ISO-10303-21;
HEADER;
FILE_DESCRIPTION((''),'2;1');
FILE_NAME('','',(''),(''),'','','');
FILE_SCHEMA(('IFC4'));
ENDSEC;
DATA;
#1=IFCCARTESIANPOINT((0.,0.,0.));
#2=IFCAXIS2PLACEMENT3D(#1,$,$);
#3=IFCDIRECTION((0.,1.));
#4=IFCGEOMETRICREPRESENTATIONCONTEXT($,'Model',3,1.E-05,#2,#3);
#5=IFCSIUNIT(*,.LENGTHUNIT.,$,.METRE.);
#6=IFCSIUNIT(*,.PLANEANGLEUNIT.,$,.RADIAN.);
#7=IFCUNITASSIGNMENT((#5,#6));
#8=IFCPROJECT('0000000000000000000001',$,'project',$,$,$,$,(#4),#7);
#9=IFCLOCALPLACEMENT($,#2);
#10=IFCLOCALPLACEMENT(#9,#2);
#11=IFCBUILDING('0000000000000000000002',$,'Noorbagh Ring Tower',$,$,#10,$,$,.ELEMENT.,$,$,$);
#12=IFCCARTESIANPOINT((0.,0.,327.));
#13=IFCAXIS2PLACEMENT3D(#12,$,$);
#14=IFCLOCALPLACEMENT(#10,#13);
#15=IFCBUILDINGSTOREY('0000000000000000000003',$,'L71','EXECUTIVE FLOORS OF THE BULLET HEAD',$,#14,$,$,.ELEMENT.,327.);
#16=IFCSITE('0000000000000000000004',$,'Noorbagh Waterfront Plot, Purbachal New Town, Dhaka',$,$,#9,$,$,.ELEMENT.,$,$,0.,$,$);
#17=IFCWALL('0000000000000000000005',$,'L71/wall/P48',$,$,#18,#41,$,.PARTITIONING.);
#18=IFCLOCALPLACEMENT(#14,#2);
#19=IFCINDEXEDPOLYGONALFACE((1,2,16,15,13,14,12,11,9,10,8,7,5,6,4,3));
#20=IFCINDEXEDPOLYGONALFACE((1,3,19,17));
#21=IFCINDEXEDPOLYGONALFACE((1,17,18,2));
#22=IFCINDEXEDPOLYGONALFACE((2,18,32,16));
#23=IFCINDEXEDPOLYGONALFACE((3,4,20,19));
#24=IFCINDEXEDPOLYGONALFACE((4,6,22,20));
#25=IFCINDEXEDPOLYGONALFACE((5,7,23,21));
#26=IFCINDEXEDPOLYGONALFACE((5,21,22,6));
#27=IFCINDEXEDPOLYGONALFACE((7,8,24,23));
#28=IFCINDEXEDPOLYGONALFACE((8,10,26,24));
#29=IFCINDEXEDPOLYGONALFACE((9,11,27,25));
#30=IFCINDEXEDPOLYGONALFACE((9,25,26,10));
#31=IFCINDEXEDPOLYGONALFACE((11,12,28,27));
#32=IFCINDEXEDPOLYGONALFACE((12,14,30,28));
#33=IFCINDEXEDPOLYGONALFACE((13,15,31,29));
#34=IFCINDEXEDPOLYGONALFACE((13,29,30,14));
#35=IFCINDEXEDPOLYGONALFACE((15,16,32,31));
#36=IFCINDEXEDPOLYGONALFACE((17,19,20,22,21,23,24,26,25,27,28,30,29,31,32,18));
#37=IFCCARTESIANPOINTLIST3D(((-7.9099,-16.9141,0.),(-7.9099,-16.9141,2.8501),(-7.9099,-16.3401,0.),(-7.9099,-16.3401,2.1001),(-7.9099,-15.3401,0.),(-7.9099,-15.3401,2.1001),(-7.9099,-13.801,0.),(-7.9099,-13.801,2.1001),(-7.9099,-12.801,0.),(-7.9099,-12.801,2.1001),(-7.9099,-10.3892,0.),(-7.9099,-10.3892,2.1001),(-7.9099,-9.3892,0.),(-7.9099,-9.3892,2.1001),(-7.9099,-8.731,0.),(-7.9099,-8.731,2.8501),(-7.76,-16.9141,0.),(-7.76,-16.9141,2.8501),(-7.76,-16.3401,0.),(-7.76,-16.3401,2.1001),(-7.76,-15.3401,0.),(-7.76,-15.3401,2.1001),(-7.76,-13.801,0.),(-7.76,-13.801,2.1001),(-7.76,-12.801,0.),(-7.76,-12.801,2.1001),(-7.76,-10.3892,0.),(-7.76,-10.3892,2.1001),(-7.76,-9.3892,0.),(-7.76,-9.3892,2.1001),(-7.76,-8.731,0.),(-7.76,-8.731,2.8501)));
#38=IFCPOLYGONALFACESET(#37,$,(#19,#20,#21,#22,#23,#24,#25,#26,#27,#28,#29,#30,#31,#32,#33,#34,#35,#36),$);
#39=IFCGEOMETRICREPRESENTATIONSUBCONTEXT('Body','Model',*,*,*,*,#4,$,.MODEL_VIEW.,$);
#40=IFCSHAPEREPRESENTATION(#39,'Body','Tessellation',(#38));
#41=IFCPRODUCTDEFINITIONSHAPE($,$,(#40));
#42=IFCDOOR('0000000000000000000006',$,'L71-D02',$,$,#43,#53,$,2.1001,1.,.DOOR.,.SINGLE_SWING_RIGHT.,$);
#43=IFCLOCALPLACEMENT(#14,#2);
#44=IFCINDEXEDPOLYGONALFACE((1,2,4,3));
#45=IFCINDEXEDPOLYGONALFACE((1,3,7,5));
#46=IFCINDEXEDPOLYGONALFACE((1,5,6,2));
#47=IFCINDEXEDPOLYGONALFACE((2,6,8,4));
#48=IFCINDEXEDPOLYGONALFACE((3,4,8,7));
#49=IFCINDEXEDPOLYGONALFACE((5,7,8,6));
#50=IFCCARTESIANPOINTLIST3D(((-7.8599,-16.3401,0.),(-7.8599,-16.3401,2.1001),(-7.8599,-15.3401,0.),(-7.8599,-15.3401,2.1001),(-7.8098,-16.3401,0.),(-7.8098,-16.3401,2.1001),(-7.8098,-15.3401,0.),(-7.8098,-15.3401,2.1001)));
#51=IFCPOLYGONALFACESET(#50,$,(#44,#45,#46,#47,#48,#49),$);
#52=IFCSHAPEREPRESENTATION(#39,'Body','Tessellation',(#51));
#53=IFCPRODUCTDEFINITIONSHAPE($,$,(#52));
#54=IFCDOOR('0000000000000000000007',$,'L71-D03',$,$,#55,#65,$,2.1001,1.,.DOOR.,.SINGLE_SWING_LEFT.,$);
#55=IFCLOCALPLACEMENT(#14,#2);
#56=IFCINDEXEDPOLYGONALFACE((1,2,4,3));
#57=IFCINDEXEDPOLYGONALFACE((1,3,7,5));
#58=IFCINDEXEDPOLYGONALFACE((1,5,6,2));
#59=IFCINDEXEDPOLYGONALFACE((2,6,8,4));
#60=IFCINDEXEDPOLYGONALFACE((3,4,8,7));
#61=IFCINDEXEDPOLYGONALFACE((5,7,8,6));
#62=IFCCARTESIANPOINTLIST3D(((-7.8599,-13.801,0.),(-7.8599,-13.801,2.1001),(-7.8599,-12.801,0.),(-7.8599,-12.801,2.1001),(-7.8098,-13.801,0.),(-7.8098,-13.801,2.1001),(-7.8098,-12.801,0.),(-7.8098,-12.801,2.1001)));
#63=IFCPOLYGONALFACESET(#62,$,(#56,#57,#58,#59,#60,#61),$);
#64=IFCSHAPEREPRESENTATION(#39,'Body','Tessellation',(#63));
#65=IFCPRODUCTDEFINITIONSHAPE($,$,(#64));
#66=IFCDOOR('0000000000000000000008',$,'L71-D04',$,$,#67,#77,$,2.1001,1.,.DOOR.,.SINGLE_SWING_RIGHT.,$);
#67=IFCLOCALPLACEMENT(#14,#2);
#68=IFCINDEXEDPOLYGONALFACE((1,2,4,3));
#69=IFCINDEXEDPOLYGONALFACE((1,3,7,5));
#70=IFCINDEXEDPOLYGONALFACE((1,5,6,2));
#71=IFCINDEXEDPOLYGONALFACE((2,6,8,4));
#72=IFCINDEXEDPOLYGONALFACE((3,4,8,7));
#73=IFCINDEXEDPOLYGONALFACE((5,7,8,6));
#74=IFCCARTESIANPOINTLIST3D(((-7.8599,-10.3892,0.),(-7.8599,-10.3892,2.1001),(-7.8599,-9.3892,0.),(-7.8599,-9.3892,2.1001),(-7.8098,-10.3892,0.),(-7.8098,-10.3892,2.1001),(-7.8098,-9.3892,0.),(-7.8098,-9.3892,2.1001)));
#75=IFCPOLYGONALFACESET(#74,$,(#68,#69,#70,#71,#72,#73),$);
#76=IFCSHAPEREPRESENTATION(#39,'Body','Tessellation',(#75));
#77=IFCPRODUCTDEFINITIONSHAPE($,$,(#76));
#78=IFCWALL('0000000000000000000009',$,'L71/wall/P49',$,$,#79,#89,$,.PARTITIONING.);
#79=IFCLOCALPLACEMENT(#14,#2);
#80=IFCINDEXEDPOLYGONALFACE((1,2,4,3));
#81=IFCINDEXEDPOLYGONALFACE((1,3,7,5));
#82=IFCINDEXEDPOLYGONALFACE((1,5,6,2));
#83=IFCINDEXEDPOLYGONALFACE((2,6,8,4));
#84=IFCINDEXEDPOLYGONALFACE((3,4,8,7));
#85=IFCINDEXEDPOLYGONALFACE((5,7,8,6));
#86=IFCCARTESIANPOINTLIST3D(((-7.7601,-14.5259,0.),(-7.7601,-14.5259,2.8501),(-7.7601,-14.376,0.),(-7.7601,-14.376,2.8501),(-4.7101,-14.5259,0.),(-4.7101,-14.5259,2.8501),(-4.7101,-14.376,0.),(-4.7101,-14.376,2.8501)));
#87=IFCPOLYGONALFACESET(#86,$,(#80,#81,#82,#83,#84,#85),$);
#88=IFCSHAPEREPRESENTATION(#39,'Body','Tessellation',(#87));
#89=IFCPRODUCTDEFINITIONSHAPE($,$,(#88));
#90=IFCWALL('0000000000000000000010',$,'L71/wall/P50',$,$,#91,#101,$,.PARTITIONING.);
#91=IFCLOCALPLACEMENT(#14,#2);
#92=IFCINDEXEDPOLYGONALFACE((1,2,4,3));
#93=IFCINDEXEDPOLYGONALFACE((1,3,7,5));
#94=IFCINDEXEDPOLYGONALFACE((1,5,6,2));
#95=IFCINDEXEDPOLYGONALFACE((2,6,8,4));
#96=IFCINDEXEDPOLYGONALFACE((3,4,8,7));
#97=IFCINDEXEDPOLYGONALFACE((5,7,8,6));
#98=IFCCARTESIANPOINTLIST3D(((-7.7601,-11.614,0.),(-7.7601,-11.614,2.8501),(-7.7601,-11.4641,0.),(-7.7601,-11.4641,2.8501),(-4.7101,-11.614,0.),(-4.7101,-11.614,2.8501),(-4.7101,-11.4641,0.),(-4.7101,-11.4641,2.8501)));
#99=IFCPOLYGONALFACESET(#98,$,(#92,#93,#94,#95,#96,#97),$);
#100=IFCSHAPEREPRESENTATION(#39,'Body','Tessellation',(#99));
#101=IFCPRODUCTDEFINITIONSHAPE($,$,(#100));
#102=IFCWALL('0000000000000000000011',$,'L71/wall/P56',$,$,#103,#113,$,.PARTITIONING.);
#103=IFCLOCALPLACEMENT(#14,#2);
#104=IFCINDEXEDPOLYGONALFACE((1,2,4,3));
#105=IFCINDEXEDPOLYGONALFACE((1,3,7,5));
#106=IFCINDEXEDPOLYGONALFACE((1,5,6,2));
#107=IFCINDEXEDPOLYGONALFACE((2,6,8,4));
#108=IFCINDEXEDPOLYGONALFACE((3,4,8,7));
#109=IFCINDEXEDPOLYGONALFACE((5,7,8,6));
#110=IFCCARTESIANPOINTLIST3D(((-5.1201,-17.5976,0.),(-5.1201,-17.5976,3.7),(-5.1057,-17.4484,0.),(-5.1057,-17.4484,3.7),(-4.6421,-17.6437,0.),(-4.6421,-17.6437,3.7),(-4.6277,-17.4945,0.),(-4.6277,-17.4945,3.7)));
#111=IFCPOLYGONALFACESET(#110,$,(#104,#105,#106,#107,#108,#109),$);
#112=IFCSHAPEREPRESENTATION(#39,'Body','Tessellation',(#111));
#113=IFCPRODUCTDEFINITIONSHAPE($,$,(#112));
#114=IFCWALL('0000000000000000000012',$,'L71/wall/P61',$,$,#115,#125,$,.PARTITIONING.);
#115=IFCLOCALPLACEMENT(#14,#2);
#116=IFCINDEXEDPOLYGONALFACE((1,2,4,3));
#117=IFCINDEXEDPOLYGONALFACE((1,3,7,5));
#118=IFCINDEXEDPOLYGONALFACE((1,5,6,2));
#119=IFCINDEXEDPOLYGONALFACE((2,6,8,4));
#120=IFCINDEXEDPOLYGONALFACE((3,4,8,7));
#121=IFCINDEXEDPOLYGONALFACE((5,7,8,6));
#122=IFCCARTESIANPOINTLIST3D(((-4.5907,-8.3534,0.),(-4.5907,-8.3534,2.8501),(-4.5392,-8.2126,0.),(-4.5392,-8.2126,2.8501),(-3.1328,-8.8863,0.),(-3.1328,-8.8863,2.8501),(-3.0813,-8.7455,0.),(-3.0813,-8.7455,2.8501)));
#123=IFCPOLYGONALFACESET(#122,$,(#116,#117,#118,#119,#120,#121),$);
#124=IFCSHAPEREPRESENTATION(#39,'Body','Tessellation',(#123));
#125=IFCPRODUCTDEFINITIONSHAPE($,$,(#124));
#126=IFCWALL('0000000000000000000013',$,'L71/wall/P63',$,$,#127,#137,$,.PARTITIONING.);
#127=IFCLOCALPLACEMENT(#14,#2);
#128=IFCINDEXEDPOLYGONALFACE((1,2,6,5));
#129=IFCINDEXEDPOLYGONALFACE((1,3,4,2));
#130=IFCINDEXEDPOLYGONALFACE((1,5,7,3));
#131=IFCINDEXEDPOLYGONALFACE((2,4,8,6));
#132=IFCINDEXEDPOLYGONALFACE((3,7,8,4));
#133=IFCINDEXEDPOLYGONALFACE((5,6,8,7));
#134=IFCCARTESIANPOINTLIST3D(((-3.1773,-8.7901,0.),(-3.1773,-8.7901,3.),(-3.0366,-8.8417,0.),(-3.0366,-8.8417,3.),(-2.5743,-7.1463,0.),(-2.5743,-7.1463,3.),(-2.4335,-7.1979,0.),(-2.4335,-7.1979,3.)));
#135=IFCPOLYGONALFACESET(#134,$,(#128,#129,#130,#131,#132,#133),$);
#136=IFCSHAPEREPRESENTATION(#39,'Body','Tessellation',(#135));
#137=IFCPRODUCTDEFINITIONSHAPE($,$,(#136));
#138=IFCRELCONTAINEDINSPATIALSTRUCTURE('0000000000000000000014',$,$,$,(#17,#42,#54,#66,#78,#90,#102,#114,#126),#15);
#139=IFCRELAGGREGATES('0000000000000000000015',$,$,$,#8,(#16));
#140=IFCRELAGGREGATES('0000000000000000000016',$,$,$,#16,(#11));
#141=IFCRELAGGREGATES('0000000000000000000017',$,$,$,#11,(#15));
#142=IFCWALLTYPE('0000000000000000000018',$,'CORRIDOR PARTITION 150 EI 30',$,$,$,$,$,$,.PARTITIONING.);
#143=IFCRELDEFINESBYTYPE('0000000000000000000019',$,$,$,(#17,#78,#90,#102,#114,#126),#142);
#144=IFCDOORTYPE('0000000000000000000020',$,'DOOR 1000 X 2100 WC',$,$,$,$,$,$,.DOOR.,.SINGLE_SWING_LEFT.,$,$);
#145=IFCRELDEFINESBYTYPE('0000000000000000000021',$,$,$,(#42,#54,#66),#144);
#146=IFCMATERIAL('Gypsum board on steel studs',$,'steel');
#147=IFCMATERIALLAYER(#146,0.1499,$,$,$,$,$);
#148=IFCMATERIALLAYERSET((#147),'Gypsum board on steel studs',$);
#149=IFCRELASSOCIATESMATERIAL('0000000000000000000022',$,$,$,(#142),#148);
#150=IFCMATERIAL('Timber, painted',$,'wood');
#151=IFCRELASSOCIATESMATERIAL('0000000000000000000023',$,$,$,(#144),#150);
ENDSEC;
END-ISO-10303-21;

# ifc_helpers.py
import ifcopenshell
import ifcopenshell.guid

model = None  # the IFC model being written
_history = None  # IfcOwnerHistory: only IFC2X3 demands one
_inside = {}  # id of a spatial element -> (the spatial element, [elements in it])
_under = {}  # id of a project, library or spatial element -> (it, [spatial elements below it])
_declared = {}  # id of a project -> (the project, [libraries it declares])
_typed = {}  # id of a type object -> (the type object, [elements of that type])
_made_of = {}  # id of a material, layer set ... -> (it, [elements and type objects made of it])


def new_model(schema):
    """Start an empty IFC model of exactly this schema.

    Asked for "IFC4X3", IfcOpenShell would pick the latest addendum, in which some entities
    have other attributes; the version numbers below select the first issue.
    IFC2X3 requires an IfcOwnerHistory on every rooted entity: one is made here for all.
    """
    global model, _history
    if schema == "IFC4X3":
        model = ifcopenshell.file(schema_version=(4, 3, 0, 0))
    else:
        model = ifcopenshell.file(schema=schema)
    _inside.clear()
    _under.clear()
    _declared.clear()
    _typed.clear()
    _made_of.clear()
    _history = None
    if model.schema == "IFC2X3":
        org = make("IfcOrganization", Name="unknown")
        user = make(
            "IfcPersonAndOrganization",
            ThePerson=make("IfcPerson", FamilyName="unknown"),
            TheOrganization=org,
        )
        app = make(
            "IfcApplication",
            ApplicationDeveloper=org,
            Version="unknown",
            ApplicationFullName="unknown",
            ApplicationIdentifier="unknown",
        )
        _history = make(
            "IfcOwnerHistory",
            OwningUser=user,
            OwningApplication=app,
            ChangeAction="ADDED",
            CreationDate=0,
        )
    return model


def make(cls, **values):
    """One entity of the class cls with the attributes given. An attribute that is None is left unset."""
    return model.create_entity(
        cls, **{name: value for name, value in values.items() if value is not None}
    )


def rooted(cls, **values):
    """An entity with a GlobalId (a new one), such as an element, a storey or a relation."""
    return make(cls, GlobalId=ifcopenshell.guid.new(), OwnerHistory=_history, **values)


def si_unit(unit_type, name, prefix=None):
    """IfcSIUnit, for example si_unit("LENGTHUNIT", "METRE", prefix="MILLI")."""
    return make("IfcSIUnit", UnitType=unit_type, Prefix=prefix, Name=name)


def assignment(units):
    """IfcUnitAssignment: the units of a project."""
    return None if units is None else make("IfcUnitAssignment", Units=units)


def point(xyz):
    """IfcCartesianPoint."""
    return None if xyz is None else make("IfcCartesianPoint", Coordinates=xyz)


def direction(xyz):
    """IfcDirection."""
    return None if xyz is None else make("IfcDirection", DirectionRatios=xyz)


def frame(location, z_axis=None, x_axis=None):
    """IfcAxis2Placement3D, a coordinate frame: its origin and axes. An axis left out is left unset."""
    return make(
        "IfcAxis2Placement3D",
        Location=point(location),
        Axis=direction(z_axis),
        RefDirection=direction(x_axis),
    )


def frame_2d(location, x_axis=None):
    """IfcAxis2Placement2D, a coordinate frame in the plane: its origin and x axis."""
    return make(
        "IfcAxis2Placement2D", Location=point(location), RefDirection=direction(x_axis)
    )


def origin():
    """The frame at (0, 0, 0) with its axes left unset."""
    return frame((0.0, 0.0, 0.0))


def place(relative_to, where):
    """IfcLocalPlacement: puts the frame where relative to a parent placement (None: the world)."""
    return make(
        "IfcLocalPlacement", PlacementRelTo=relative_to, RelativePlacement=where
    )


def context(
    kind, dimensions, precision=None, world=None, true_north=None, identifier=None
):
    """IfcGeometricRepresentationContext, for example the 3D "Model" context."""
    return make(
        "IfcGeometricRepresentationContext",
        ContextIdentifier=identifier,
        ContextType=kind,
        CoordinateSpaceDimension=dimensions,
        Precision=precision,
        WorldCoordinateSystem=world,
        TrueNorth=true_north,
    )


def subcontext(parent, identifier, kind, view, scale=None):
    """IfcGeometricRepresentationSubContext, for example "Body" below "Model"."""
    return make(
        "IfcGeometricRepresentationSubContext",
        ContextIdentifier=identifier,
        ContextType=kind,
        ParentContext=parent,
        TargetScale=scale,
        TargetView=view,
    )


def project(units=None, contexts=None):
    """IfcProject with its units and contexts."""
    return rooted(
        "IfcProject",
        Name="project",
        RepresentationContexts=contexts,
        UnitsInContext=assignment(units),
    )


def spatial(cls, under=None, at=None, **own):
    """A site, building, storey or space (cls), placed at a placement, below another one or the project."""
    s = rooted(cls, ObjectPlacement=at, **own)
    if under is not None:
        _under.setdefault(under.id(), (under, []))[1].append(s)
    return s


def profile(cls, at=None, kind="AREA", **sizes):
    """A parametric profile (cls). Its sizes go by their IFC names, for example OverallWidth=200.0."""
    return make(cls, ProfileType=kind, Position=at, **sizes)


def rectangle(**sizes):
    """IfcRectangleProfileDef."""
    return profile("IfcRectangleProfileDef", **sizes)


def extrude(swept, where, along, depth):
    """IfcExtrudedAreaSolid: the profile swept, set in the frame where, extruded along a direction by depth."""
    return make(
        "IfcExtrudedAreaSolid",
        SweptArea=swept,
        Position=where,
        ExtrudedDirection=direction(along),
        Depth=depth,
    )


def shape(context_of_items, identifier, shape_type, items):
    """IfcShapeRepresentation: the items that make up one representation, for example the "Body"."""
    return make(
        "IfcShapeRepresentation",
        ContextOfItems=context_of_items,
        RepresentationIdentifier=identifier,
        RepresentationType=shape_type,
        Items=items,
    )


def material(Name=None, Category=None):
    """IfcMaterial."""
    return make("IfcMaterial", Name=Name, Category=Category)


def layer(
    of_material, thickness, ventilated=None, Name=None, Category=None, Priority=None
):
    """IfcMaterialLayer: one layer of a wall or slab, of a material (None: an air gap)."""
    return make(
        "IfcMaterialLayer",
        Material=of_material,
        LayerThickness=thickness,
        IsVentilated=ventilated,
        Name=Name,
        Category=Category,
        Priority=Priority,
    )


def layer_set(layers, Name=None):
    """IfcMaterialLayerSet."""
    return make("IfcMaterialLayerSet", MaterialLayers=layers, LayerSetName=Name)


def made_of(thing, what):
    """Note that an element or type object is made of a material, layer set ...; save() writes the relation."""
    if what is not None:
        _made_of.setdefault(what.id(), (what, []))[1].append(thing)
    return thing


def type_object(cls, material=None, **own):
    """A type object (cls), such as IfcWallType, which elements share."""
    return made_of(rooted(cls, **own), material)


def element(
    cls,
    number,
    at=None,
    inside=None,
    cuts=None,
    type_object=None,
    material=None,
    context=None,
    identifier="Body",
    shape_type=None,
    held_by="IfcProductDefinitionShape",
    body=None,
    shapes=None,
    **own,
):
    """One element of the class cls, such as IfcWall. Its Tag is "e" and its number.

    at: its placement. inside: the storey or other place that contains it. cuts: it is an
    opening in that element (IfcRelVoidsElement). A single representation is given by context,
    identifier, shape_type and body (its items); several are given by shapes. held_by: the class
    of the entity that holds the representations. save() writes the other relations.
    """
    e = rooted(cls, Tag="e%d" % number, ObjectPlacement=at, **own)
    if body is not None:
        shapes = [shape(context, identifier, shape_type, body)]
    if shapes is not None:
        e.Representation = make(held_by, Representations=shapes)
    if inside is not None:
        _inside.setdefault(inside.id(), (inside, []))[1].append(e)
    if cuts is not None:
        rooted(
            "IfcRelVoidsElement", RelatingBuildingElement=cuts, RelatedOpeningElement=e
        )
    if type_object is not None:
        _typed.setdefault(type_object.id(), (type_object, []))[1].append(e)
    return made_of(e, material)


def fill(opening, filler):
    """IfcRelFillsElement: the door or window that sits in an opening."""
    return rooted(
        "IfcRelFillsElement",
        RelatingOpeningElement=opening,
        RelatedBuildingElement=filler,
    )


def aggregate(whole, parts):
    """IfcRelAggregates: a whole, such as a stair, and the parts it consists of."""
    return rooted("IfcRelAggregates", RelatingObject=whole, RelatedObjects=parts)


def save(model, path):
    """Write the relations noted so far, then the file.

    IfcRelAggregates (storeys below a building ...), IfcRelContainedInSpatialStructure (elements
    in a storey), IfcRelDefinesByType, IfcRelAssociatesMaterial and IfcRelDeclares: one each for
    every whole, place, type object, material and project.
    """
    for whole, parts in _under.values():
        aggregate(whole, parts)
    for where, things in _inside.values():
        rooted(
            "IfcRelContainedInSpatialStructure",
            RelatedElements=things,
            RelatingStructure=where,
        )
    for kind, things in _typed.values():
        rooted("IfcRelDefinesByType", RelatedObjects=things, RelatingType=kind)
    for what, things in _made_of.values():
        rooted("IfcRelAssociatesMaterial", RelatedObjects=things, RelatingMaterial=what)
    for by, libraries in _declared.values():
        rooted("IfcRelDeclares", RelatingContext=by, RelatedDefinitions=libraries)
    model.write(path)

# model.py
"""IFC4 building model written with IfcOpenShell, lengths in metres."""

from ifc_helpers import new_model, si_unit, direction, frame, frame_2d, origin, place, context, subcontext, project, spatial, rectangle, extrude, material, layer, layer_set, type_object, element, fill, save


model = new_model("IFC4")

# Units and contexts
model_context = context("Model", 3, precision=1e-05, world=origin(), true_north=direction((0.0, 1.0)))
body_context = subcontext(model_context, "Body", "Model", "MODEL_VIEW")
ifc_project = project(units=[si_unit("LENGTHUNIT", "METRE"), si_unit("PLANEANGLEUNIT", "RADIAN")], contexts=[model_context])

# Site, building, storey
site_placement = place(None, origin())
site = spatial("IfcSite", under=ifc_project, at=site_placement, Name="Noorbagh Waterfront Plot, Purbachal New Town, Dhaka", CompositionType="ELEMENT", RefElevation=0.0)
building_placement = place(site_placement, origin())
building = spatial("IfcBuilding", under=site, at=building_placement, Name="Noorbagh Ring Tower", CompositionType="ELEMENT")
storey_placement = place(building_placement, frame((0.0, 0.0, 327.0)))
storey = spatial("IfcBuildingStorey", under=building, at=storey_placement, Name="L71", Description="EXECUTIVE FLOORS OF THE BULLET HEAD", CompositionType="ELEMENT", Elevation=327.0)

# Shared definitions
ifc_material_1 = material(Name="Gypsum board on steel studs", Category="steel")
ifc_layer_1 = layer(ifc_material_1, 0.1499)
ifc_layer_set_1 = layer_set([ifc_layer_1], Name="Gypsum board on steel studs")
wall_type_1 = type_object("IfcWallType", Name="CORRIDOR PARTITION 150 EI 30", PredefinedType="PARTITIONING", material=ifc_layer_set_1)

# Wall, openings, doors
wall_1_placement = place(storey_placement, frame((-7.835, -16.9141, 0.0), z_axis=(0.0, 0.0, 1.0), x_axis=(0.0, 1.0, 0.0)))
wall_1 = element("IfcWall", 1, at=wall_1_placement, inside=storey, type_object=wall_type_1, Name="L71/wall/P48", PredefinedType="PARTITIONING", context=body_context, shape_type="SweptSolid", body=[
    extrude(rectangle(XDim=8.1831, YDim=0.1499, at=frame_2d((4.0916, 0.0))), origin(), (0.0, 0.0, 1.0), 2.8501),
])
opening_1_placement = place(wall_1_placement, frame((0.574, 0.0, 0.0)))
opening_1 = element("IfcOpeningElement", 2, at=opening_1_placement, cuts=wall_1, PredefinedType="OPENING", context=body_context, shape_type="SweptSolid", body=[
    extrude(rectangle(XDim=1.0, YDim=2.1001, at=frame_2d((0.5, 1.05))), frame((0.0, 0.085, 0.0), z_axis=(0.0, -1.0, 0.0), x_axis=(1.0, 0.0, 0.0)), (0.0, 0.0, 1.0), 0.1699),
])
opening_2_placement = place(wall_1_placement, frame((3.113, 0.0, 0.0)))
opening_2 = element("IfcOpeningElement", 3, at=opening_2_placement, cuts=wall_1, PredefinedType="OPENING", context=body_context, shape_type="SweptSolid", body=[
    extrude(rectangle(XDim=1.0, YDim=2.1001, at=frame_2d((0.5, 1.05))), frame((0.0, 0.085, 0.0), z_axis=(0.0, -1.0, 0.0), x_axis=(1.0, 0.0, 0.0)), (0.0, 0.0, 1.0), 0.1699),
])
opening_3_placement = place(wall_1_placement, frame((6.5249, 0.0, 0.0)))
opening_3 = element("IfcOpeningElement", 4, at=opening_3_placement, cuts=wall_1, PredefinedType="OPENING", context=body_context, shape_type="SweptSolid", body=[
    extrude(rectangle(XDim=1.0, YDim=2.1001, at=frame_2d((0.5, 1.05))), frame((0.0, 0.085, 0.0), z_axis=(0.0, -1.0, 0.0), x_axis=(1.0, 0.0, 0.0)), (0.0, 0.0, 1.0), 0.1699),
])
ifc_material_2 = material(Name="Timber, painted", Category="wood")
door_type_1 = type_object("IfcDoorType", Name="DOOR 1000 X 2100 WC", OperationType="SINGLE_SWING_LEFT", PredefinedType="DOOR", material=ifc_material_2)
door_1_placement = place(opening_1_placement, origin())
door_1 = element("IfcDoor", 5, at=door_1_placement, inside=storey, type_object=door_type_1, Name="L71-D02", OperationType="SINGLE_SWING_RIGHT", OverallHeight=2.1001, OverallWidth=1.0, PredefinedType="DOOR", context=body_context, shape_type="SweptSolid", body=[
    extrude(rectangle(XDim=1.0, YDim=2.1001, at=frame_2d((0.5, 1.05))), frame((0.0, 0.0249, 0.0), z_axis=(0.0, -1.0, 0.0), x_axis=(1.0, 0.0, 0.0)), (0.0, 0.0, 1.0), 0.05),
])
fill(opening_1, door_1)
door_2_placement = place(opening_2_placement, origin())
door_2 = element("IfcDoor", 6, at=door_2_placement, inside=storey, type_object=door_type_1, Name="L71-D03", OperationType="SINGLE_SWING_LEFT", OverallHeight=2.1001, OverallWidth=1.0, PredefinedType="DOOR", context=body_context, shape_type="SweptSolid", body=[
    extrude(rectangle(XDim=1.0, YDim=2.1001, at=frame_2d((0.5, 1.05))), frame((0.0, 0.0249, 0.0), z_axis=(0.0, -1.0, 0.0), x_axis=(1.0, 0.0, 0.0)), (0.0, 0.0, 1.0), 0.05),
])
fill(opening_2, door_2)
door_3_placement = place(opening_3_placement, origin())
door_3 = element("IfcDoor", 7, at=door_3_placement, inside=storey, type_object=door_type_1, Name="L71-D04", OperationType="SINGLE_SWING_RIGHT", OverallHeight=2.1001, OverallWidth=1.0, PredefinedType="DOOR", context=body_context, shape_type="SweptSolid", body=[
    extrude(rectangle(XDim=1.0, YDim=2.1001, at=frame_2d((0.5, 1.05))), frame((0.0, 0.0249, 0.0), z_axis=(0.0, -1.0, 0.0), x_axis=(1.0, 0.0, 0.0)), (0.0, 0.0, 1.0), 0.05),
])
fill(opening_3, door_3)

# Walls
for number, where, z_axis, x_axis, name in (
    (8, (-7.76, -14.4509, 0.0), (0.0, 0.0, 1.0), (1.0, 0.0, 0.0), "L71/wall/P49"),
    (9, (-7.76, -11.5391, 0.0), (0.0, 0.0, 1.0), (1.0, 0.0, 0.0), "L71/wall/P50"),
):
    element("IfcWall", number, at=place(storey_placement, frame(where, z_axis=z_axis, x_axis=x_axis)), inside=storey, type_object=wall_type_1, Name=name, PredefinedType="PARTITIONING", context=body_context, shape_type="SweptSolid", body=[
        extrude(rectangle(XDim=3.05, YDim=0.1499, at=frame_2d((1.5249, 0.0))), origin(), (0.0, 0.0, 1.0), 2.8501),
    ])
wall_2_placement = place(storey_placement, frame((-5.113, -17.5229, 0.0), z_axis=(0.0, 0.0, 1.0), x_axis=(0.995374, -0.09608, 0.0)))
element("IfcWall", 10, at=wall_2_placement, inside=storey, type_object=wall_type_1, Name="L71/wall/P56", PredefinedType="PARTITIONING", context=body_context, shape_type="SweptSolid", body=[
    extrude(rectangle(XDim=0.4802, YDim=0.1499, at=frame_2d((0.2402, 0.0))), origin(), (0.0, 0.0, 1.0), 3.7),
])
wall_3_placement = place(storey_placement, frame((-4.5649, -8.283, 0.0), z_axis=(0.0, 0.0, 1.0), x_axis=(0.939218, -0.343321, 0.0)))
element("IfcWall", 11, at=wall_3_placement, inside=storey, type_object=wall_type_1, Name="L71/wall/P61", PredefinedType="PARTITIONING", context=body_context, shape_type="SweptSolid", body=[
    extrude(rectangle(XDim=1.5522, YDim=0.1499, at=frame_2d((0.7761, 0.0))), origin(), (0.0, 0.0, 1.0), 2.8501),
])
wall_4_placement = place(storey_placement, frame((-3.1069, -8.8159, 0.0), z_axis=(0.0, 0.0, 1.0), x_axis=(0.344406, 0.938821, 0.0)))
element("IfcWall", 12, at=wall_4_placement, inside=storey, type_object=wall_type_1, Name="L71/wall/P63", PredefinedType="PARTITIONING", context=body_context, shape_type="SweptSolid", body=[
    extrude(rectangle(XDim=1.751, YDim=0.1499, at=frame_2d((0.8755, 0.0))), origin(), (0.0, 0.0, 1.0), 3.0),
])

save(model, "model.ifc")
